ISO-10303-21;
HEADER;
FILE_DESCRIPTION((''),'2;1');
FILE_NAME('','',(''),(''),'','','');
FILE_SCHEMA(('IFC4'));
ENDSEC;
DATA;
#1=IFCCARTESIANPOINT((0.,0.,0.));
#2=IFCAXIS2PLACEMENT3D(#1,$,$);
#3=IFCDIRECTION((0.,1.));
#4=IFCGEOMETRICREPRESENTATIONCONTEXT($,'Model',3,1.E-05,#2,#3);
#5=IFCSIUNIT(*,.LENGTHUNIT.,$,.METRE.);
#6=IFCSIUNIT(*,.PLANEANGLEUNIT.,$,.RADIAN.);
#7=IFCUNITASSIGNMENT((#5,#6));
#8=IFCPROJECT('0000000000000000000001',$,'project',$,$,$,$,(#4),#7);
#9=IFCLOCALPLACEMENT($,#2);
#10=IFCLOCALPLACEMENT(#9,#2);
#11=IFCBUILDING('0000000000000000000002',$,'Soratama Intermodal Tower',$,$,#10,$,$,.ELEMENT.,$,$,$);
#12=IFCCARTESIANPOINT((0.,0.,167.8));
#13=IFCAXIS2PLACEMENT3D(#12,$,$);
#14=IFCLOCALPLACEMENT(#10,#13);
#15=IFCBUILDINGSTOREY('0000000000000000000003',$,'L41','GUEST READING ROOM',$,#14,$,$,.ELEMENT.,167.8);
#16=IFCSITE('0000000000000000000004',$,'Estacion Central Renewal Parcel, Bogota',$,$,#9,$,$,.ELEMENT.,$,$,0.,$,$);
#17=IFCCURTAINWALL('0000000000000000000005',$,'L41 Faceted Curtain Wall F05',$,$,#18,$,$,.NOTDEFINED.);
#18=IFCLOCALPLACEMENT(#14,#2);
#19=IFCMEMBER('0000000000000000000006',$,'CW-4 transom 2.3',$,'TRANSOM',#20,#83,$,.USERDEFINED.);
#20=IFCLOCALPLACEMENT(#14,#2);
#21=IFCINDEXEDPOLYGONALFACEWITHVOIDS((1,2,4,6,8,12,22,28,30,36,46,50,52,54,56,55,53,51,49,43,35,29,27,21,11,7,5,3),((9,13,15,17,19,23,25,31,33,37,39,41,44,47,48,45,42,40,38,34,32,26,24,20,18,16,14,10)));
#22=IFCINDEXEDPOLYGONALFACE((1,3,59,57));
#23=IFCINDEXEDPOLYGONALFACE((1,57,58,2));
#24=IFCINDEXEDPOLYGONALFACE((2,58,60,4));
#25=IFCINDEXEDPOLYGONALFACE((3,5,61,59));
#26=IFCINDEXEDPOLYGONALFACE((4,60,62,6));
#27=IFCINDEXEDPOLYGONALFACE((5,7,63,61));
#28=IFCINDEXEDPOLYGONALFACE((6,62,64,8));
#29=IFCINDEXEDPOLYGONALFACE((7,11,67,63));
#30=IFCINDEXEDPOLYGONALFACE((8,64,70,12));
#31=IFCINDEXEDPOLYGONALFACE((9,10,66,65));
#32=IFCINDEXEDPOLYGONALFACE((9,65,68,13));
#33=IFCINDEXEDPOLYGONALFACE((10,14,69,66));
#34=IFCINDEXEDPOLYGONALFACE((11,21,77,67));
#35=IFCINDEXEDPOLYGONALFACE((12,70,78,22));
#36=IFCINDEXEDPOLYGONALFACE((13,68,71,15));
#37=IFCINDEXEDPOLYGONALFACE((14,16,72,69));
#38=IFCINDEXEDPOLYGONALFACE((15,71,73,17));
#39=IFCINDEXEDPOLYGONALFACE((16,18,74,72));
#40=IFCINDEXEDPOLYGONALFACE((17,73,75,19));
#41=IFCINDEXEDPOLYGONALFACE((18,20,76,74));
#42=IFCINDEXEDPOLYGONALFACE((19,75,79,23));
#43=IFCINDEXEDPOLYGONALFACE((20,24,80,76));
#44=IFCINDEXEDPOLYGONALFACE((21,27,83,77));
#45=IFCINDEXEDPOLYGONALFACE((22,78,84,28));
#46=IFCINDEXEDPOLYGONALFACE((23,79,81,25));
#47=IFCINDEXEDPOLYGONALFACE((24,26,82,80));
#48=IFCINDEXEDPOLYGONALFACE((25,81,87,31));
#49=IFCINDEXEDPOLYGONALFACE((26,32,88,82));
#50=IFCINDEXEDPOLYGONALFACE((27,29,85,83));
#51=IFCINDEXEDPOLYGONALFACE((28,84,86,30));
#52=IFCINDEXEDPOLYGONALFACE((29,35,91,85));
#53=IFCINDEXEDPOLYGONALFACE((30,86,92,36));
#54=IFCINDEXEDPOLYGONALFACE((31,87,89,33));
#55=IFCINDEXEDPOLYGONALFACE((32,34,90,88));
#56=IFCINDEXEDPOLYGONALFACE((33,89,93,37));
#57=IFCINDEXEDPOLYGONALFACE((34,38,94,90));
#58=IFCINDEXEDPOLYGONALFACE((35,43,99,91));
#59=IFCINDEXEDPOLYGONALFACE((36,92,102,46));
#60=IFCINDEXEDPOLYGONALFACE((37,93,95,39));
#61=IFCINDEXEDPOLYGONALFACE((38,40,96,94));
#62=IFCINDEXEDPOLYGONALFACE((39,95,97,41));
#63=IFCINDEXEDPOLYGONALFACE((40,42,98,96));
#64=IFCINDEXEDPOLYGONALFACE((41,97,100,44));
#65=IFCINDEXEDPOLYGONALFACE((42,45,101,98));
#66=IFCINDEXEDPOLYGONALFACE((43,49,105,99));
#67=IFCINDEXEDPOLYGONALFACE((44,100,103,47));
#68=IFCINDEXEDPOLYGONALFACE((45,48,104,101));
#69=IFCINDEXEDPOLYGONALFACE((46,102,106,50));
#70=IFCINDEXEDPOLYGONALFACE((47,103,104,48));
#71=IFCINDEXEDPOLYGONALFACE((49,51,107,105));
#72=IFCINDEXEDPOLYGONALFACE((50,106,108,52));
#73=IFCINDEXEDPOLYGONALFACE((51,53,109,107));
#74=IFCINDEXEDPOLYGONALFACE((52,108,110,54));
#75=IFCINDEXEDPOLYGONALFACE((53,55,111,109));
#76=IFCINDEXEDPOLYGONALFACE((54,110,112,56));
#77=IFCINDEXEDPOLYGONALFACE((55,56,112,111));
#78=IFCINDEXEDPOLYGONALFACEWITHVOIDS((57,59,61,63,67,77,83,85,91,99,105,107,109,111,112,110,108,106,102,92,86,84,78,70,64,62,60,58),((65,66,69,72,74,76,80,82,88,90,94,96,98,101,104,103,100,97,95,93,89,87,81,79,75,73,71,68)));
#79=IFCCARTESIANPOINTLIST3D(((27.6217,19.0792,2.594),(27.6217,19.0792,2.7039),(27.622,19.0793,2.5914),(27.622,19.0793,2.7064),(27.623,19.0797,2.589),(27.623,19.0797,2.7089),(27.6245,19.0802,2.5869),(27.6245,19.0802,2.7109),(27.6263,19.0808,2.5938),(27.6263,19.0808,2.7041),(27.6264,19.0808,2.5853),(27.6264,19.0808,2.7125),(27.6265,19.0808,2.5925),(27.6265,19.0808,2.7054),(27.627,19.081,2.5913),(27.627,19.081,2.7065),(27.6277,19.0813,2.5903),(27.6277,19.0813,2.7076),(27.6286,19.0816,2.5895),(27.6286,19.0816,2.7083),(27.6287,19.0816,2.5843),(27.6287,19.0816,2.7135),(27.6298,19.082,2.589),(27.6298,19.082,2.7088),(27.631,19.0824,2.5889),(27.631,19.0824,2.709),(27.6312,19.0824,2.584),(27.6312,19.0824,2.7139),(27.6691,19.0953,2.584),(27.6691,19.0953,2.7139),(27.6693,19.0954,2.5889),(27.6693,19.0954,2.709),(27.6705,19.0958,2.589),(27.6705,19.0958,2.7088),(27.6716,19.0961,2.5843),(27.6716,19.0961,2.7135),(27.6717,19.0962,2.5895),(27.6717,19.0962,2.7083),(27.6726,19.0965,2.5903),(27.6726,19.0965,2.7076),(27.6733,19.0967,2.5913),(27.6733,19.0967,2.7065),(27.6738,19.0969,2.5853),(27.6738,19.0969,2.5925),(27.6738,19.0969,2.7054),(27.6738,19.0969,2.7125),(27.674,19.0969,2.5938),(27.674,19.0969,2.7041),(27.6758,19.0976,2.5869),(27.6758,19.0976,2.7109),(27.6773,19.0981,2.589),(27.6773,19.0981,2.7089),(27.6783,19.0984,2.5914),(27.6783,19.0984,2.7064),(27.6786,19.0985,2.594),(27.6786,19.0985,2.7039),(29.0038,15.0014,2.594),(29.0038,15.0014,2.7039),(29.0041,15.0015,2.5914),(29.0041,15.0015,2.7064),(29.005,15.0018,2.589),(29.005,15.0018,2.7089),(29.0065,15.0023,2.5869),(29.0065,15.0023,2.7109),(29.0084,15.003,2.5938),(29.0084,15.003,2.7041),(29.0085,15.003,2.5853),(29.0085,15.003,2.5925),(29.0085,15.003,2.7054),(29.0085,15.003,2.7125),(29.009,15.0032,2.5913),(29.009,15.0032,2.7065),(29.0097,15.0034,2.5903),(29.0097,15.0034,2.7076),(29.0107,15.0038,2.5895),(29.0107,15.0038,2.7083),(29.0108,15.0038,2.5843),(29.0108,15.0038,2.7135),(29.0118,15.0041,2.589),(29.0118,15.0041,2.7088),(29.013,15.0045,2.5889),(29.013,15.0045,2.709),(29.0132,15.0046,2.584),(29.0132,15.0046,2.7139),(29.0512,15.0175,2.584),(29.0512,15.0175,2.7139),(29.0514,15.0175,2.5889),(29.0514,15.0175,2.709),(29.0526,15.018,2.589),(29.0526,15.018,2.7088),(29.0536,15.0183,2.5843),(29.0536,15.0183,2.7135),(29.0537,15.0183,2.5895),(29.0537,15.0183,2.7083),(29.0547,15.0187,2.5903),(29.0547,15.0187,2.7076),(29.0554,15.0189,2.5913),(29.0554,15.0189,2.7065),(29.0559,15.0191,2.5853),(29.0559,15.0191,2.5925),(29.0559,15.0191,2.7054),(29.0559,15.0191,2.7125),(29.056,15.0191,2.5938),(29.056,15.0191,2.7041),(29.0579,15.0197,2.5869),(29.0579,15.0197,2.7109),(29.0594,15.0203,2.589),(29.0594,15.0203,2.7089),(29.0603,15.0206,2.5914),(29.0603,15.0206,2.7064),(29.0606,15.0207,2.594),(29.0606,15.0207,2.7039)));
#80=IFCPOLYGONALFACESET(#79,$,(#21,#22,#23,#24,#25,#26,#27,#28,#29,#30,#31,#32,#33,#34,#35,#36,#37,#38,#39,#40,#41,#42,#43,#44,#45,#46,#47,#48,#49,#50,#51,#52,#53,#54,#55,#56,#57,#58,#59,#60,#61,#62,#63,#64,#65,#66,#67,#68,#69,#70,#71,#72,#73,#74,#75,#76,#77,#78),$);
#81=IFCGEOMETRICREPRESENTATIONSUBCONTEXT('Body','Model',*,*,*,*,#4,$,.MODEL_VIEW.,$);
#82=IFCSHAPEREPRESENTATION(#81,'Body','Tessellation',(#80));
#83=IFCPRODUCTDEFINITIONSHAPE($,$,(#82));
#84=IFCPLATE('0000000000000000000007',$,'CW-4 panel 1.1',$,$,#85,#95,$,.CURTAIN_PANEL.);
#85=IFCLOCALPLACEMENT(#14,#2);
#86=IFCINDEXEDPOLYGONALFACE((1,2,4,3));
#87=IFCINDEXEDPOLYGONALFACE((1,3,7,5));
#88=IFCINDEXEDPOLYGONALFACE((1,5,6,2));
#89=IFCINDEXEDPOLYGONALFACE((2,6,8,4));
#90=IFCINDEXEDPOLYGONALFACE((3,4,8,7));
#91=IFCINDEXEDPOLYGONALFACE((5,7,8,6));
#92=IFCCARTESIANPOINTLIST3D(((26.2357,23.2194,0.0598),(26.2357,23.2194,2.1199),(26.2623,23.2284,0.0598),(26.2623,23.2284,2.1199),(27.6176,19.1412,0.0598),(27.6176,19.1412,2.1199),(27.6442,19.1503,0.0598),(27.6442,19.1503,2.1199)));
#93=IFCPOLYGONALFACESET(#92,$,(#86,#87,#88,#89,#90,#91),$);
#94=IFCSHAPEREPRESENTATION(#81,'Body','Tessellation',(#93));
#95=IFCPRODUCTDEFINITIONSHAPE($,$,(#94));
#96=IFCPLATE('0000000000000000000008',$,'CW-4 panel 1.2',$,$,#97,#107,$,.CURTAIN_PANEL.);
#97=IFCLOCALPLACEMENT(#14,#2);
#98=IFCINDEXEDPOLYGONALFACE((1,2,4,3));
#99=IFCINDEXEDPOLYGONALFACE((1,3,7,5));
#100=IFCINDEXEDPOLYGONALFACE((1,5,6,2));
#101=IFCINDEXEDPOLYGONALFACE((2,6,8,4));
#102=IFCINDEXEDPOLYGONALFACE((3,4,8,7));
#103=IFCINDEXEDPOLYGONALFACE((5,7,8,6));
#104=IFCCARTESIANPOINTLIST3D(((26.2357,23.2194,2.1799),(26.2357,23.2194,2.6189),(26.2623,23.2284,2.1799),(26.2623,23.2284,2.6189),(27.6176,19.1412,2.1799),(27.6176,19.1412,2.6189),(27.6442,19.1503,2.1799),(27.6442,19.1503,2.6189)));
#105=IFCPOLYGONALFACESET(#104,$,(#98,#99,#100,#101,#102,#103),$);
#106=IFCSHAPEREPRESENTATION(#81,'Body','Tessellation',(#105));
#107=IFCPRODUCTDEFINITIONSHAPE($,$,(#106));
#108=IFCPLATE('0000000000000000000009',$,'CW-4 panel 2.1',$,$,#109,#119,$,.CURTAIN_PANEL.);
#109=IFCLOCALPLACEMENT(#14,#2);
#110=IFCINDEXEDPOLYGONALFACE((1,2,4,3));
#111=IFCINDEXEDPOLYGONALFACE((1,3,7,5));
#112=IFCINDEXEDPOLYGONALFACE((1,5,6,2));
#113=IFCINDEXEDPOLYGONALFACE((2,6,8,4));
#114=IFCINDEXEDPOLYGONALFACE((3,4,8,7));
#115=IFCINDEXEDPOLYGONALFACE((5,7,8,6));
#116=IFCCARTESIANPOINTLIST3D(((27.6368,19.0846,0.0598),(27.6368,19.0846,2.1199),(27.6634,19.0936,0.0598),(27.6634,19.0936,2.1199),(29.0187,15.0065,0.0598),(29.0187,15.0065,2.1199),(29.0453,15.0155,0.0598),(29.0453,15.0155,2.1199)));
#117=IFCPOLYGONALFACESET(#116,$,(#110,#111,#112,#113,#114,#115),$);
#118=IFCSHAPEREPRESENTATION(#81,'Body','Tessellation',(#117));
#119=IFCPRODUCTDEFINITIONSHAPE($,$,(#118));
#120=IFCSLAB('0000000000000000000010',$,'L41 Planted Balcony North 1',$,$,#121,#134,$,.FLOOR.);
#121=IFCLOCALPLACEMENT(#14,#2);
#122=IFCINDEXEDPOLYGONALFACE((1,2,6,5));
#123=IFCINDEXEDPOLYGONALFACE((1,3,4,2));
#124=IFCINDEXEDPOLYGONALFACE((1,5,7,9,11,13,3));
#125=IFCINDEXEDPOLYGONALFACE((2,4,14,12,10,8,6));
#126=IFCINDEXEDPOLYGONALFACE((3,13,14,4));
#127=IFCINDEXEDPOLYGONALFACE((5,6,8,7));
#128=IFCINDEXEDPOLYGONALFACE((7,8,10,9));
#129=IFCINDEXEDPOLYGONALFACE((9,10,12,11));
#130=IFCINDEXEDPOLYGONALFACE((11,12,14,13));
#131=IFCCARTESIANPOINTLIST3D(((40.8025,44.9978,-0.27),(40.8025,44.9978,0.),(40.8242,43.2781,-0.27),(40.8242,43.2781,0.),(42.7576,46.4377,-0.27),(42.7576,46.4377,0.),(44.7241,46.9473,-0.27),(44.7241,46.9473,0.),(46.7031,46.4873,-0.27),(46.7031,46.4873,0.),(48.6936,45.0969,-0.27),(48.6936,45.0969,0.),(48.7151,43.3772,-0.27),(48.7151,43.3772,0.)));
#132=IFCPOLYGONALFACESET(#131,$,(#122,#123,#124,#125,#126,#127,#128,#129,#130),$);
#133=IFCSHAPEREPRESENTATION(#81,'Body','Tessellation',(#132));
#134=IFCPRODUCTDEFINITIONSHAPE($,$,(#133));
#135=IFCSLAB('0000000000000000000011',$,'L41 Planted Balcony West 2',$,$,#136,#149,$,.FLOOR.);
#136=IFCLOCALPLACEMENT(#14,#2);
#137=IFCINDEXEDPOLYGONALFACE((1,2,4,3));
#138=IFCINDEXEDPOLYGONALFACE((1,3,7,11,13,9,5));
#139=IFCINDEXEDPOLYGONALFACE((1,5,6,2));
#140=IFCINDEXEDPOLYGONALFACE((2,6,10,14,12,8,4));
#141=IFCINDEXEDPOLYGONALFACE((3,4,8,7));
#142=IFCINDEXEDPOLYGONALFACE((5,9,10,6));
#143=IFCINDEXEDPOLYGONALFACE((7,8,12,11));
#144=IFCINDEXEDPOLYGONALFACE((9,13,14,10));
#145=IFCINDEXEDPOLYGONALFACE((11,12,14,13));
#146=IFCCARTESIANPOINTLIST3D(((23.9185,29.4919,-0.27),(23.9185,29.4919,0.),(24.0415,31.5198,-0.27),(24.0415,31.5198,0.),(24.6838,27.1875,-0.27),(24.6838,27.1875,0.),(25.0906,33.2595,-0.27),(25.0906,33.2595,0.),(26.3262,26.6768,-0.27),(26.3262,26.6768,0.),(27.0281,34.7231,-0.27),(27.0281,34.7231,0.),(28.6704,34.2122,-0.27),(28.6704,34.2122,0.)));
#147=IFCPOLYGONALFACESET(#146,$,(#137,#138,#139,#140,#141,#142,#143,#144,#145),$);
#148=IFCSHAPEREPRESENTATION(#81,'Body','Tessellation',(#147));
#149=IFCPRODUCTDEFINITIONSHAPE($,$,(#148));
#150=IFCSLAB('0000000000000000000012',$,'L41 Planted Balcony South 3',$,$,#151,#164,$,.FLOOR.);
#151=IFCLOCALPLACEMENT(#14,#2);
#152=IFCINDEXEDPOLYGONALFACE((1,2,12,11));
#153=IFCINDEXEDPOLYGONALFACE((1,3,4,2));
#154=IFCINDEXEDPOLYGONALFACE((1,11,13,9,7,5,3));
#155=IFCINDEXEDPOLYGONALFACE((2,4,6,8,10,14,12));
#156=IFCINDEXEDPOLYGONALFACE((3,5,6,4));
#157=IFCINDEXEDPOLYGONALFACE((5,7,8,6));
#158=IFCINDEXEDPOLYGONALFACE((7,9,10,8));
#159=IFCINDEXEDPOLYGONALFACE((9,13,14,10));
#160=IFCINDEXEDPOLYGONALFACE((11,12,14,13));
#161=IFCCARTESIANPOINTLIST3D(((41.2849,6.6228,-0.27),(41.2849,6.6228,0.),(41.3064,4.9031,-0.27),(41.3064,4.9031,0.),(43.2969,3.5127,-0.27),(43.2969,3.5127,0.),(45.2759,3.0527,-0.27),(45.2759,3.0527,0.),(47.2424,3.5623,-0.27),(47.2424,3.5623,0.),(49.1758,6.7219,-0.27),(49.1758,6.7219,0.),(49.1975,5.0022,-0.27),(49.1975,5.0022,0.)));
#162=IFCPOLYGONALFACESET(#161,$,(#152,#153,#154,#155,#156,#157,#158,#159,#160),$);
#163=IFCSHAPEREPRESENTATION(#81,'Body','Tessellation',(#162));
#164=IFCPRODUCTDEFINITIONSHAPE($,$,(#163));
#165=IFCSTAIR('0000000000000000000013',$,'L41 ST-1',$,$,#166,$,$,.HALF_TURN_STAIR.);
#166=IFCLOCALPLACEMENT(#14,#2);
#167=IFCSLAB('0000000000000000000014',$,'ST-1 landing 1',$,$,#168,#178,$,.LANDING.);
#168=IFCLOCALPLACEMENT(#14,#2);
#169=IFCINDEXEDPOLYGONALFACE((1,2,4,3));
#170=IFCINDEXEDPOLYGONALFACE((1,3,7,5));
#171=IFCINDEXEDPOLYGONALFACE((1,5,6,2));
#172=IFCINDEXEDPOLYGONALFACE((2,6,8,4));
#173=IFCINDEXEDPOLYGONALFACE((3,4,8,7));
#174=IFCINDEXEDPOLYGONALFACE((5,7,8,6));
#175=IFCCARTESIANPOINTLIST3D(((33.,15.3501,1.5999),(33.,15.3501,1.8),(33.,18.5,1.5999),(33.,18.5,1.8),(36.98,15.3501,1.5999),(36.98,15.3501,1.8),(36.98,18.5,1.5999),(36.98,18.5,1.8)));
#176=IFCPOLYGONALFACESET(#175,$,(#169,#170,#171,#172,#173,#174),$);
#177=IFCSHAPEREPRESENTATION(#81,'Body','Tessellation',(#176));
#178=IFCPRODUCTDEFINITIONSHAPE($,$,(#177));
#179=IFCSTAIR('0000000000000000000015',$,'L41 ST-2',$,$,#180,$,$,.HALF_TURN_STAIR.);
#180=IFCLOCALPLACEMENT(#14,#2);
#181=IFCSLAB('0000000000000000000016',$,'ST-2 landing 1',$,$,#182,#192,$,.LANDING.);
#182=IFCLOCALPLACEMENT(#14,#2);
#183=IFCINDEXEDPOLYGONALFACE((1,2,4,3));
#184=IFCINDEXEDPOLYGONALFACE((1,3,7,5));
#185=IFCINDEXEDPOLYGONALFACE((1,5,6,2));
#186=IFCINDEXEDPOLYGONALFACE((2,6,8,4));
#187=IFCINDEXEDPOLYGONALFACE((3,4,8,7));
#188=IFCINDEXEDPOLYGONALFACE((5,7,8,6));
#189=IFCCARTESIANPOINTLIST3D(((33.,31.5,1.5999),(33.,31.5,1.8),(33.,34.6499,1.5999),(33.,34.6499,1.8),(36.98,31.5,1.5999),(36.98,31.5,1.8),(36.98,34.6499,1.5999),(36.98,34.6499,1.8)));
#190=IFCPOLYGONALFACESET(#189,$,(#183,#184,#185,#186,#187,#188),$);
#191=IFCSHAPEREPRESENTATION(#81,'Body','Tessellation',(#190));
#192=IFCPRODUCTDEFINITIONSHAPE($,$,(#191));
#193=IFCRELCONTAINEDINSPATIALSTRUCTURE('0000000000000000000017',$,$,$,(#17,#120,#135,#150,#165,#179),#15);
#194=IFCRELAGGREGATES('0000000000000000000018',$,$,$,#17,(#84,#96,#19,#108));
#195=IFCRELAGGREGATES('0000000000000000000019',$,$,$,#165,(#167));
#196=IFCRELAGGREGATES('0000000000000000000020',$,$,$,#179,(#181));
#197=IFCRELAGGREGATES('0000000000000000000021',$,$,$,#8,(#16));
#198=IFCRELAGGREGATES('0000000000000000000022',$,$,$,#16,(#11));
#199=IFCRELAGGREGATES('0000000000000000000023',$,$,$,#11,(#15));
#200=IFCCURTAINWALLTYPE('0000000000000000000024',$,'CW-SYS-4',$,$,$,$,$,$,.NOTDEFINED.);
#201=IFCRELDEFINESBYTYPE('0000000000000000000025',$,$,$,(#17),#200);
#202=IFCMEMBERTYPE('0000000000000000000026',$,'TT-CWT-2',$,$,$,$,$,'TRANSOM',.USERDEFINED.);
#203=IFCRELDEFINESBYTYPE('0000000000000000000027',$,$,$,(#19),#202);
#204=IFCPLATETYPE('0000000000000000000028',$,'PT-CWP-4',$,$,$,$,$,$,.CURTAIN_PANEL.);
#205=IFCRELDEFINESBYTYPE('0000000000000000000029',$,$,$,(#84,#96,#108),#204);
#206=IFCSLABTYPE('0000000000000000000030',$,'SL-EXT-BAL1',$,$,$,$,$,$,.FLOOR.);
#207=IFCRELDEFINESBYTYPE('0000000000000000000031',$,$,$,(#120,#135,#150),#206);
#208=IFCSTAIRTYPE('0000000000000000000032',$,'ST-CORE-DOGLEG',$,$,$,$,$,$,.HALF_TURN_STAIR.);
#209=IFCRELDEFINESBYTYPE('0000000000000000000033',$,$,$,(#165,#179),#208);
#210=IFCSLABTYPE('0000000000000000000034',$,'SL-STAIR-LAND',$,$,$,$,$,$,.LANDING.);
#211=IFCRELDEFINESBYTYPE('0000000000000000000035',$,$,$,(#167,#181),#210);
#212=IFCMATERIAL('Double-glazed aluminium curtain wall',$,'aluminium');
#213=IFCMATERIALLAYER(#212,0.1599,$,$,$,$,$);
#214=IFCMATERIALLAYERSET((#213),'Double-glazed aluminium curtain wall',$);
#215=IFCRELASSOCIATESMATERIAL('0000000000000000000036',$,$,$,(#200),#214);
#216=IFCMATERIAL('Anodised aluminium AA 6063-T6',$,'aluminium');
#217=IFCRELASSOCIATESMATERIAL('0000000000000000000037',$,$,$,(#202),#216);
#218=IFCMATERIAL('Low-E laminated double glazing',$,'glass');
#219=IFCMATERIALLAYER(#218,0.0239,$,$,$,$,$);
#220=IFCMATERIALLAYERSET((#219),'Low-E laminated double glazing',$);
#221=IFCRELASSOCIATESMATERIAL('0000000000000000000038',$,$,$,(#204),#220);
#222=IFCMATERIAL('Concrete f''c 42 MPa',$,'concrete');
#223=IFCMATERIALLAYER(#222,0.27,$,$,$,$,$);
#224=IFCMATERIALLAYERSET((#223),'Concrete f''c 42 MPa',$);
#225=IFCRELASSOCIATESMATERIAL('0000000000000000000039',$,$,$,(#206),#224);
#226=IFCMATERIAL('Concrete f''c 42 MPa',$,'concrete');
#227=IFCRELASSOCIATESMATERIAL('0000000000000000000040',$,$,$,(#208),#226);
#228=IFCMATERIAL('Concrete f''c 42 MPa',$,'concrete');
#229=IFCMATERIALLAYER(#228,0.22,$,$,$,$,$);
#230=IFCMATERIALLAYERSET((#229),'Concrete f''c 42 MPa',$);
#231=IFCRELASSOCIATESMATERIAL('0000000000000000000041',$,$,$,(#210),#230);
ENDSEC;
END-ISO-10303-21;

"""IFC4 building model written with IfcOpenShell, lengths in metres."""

from ifc_helpers import new_model, si_unit, direction, frame, origin, origin_2d, place, context, subcontext, project, spatial, polyline, rectangle, hollow_rectangle, outline, extrude, material, layer, layer_set, material_profile, profile_set, type_object, element, aggregate, save


model = new_model("IFC4")

# Units and contexts
model_context = context("Model", 3, precision=1e-05, world=origin(), true_north=direction((0.0, 1.0)))
body_context = subcontext(model_context, "Body", "Model", "MODEL_VIEW")
ifc_project = project(units=[si_unit("LENGTHUNIT", "METRE"), si_unit("PLANEANGLEUNIT", "RADIAN")], contexts=[model_context])

# Site, building, storey
site_placement = place(None, origin())
site = spatial("IfcSite", under=ifc_project, at=site_placement, Name="Estacion Central Renewal Parcel, Bogota", CompositionType="ELEMENT", RefElevation=0.0)
building_placement = place(site_placement, origin())
building = spatial("IfcBuilding", under=site, at=building_placement, Name="Soratama Intermodal Tower", CompositionType="ELEMENT")
storey_placement = place(building_placement, frame((0.0, 0.0, 167.8)))
storey = spatial("IfcBuildingStorey", under=building, at=storey_placement, Name="L41", Description="GUEST READING ROOM", CompositionType="ELEMENT", Elevation=167.8)

# Curtain wall, member, plates
ifc_material_1 = material(Name="Double-glazed aluminium curtain wall", Category="aluminium")
ifc_layer_1 = layer(ifc_material_1, 0.1599)
ifc_layer_set_1 = layer_set([ifc_layer_1], Name="Double-glazed aluminium curtain wall")
curtain_wall_type = type_object("IfcCurtainWallType", Name="CW-SYS-4", PredefinedType="NOTDEFINED", material=ifc_layer_set_1)
curtain_wall_placement = place(storey_placement, origin())
curtain_wall = element("IfcCurtainWall", 1, at=curtain_wall_placement, inside=storey, type_object=curtain_wall_type, Name="L41 Faceted Curtain Wall F05", PredefinedType="NOTDEFINED")
ifc_material_2 = material(Name="Anodised aluminium AA 6063-T6", Category="aluminium")
ifc_material_profile_1 = material_profile(ifc_material_2, hollow_rectangle(XDim=0.0601, YDim=0.1299, WallThickness=0.0049, InnerFilletRadius=0.0049, OuterFilletRadius=0.01, at=origin_2d()), Name="CWT130X60X5")
ifc_profile_set_1 = profile_set([ifc_material_profile_1], Name="Anodised aluminium AA 6063-T6")
member_type_1 = type_object("IfcMemberType", Name="TT-CWT-2", ElementType="TRANSOM", PredefinedType="USERDEFINED", material=ifc_profile_set_1)
member_1_placement = place(storey_placement, frame((27.6501, 19.0889, 2.6489), z_axis=(0.320987, -0.947084, 0.0), x_axis=(0.947084, 0.320987, 0.0)))
member_1 = element("IfcMember", 2, at=member_1_placement, type_object=member_type_1, Name="CW-4 transom 2.3", ObjectType="TRANSOM", PredefinedType="USERDEFINED", context=body_context, shape_type="SweptSolid", body=[
    extrude(hollow_rectangle(XDim=0.0601, YDim=0.1299, WallThickness=0.0049, InnerFilletRadius=0.0049, OuterFilletRadius=0.01, at=origin_2d()), origin(), (0.0, 0.0, 1.0), 4.3057),
])
ifc_material_3 = material(Name="Low-E laminated double glazing", Category="glass")
ifc_layer_2 = layer(ifc_material_3, 0.0239)
ifc_layer_set_2 = layer_set([ifc_layer_2], Name="Low-E laminated double glazing")
plate_type = type_object("IfcPlateType", Name="PT-CWP-4", PredefinedType="CURTAIN_PANEL", material=ifc_layer_set_2)
plate_1_placement = place(storey_placement, frame((26.9399, 21.1848, 0.0598), z_axis=(0.0, 0.0, 1.0), x_axis=(0.32094, -0.9471, 0.0)))
plate_1 = element("IfcPlate", 3, at=plate_1_placement, type_object=plate_type, Name="CW-4 panel 1.1", PredefinedType="CURTAIN_PANEL", context=body_context, shape_type="SweptSolid", body=[
    extrude(rectangle(XDim=4.3059, YDim=0.0281, at=origin_2d()), origin(), (0.0, 0.0, 1.0), 2.0601),
])
plate_2_placement = place(storey_placement, frame((26.9399, 21.1848, 2.1799), z_axis=(0.0, 0.0, 1.0), x_axis=(0.32094, -0.9471, 0.0)))
plate_2 = element("IfcPlate", 4, at=plate_2_placement, type_object=plate_type, Name="CW-4 panel 1.2", PredefinedType="CURTAIN_PANEL", context=body_context, shape_type="SweptSolid", body=[
    extrude(rectangle(XDim=4.3059, YDim=0.0281, at=origin_2d()), origin(), (0.0, 0.0, 1.0), 0.439),
])
plate_3_placement = place(storey_placement, frame((28.3411, 17.05, 0.0598), z_axis=(0.0, 0.0, 1.0), x_axis=(0.32094, -0.9471, 0.0)))
plate_3 = element("IfcPlate", 5, at=plate_3_placement, type_object=plate_type, Name="CW-4 panel 2.1", PredefinedType="CURTAIN_PANEL", context=body_context, shape_type="SweptSolid", body=[
    extrude(rectangle(XDim=4.3059, YDim=0.0281, at=origin_2d()), origin(), (0.0, 0.0, 1.0), 2.0601),
])
aggregate(curtain_wall, [plate_1, plate_2, member_1, plate_3])

# Slabs
ifc_material_4 = material(Name="Concrete f'c 42 MPa", Category="concrete")
ifc_layer_3 = layer(ifc_material_4, 0.27)
ifc_layer_set_3 = layer_set([ifc_layer_3], Name="Concrete f'c 42 MPa")
slab_type_1 = type_object("IfcSlabType", Name="SL-EXT-BAL1", PredefinedType="FLOOR", material=ifc_layer_set_3)
slab_1_placement = place(storey_placement, frame((0.0, 0.0, -0.27)))
element("IfcSlab", 6, at=slab_1_placement, inside=storey, type_object=slab_type_1, Name="L41 Planted Balcony North 1", PredefinedType="FLOOR", context=body_context, shape_type="SweptSolid", body=[
    extrude(outline(polyline([(48.7151, 43.3772), (40.8242, 43.2781), (40.8025, 44.9978), (42.7576, 46.4377), (44.7241, 46.9473), (46.7031, 46.4873), (48.6936, 45.0969), (48.7151, 43.3772)])), origin(), (0.0, 0.0, 1.0), 0.27),
])
slab_2_placement = place(storey_placement, frame((0.0, 0.0, -0.27)))
element("IfcSlab", 7, at=slab_2_placement, inside=storey, type_object=slab_type_1, Name="L41 Planted Balcony West 2", PredefinedType="FLOOR", context=body_context, shape_type="SweptSolid", body=[
    extrude(outline(polyline([(28.6704, 34.2122), (26.3262, 26.6768), (24.6838, 27.1875), (23.9185, 29.4919), (24.0415, 31.5198), (25.0906, 33.2595), (27.0281, 34.7231), (28.6704, 34.2122)])), origin(), (0.0, 0.0, 1.0), 0.27),
])
slab_3_placement = place(storey_placement, frame((0.0, 0.0, -0.27)))
element("IfcSlab", 8, at=slab_3_placement, inside=storey, type_object=slab_type_1, Name="L41 Planted Balcony South 3", PredefinedType="FLOOR", context=body_context, shape_type="SweptSolid", body=[
    extrude(outline(polyline([(41.2849, 6.6228), (49.1758, 6.7219), (49.1975, 5.0022), (47.2424, 3.5623), (45.2759, 3.0527), (43.2969, 3.5127), (41.3064, 4.9031), (41.2849, 6.6228)])), origin(), (0.0, 0.0, 1.0), 0.27),
])

# Stairs, slabs
ifc_material_5 = material(Name="Concrete f'c 42 MPa", Category="concrete")
stair_type = type_object("IfcStairType", Name="ST-CORE-DOGLEG", PredefinedType="HALF_TURN_STAIR", material=ifc_material_5)
stair_1_placement = place(storey_placement, origin())
stair_1 = element("IfcStair", 9, at=stair_1_placement, inside=storey, type_object=stair_type, Name="L41 ST-1", PredefinedType="HALF_TURN_STAIR")
ifc_material_6 = material(Name="Concrete f'c 42 MPa", Category="concrete")
ifc_layer_4 = layer(ifc_material_6, 0.22)
ifc_layer_set_4 = layer_set([ifc_layer_4], Name="Concrete f'c 42 MPa")
slab_type_2 = type_object("IfcSlabType", Name="SL-STAIR-LAND", PredefinedType="LANDING", material=ifc_layer_set_4)
slab_4_placement = place(storey_placement, frame((0.0, 0.0, 1.5999)))
slab_4 = element("IfcSlab", 10, at=slab_4_placement, type_object=slab_type_2, Name="ST-1 landing 1", PredefinedType="LANDING", context=body_context, shape_type="SweptSolid", body=[
    extrude(outline(polyline([(36.98, 18.5), (33.0, 18.5), (33.0, 15.3501), (36.98, 15.3501), (36.98, 18.5)])), origin(), (0.0, 0.0, 1.0), 0.2002),
])
aggregate(stair_1, [slab_4])
stair_2_placement = place(storey_placement, origin())
stair_2 = element("IfcStair", 11, at=stair_2_placement, inside=storey, type_object=stair_type, Name="L41 ST-2", PredefinedType="HALF_TURN_STAIR")
slab_5_placement = place(storey_placement, frame((0.0, 0.0, 1.5999)))
slab_5 = element("IfcSlab", 12, at=slab_5_placement, type_object=slab_type_2, Name="ST-2 landing 1", PredefinedType="LANDING", context=body_context, shape_type="SweptSolid", body=[
    extrude(outline(polyline([(36.98, 34.6499), (33.0, 34.6499), (33.0, 31.5), (36.98, 31.5), (36.98, 34.6499)])), origin(), (0.0, 0.0, 1.0), 0.2002),
])
aggregate(stair_2, [slab_5])

save(model, "model.ifc")
